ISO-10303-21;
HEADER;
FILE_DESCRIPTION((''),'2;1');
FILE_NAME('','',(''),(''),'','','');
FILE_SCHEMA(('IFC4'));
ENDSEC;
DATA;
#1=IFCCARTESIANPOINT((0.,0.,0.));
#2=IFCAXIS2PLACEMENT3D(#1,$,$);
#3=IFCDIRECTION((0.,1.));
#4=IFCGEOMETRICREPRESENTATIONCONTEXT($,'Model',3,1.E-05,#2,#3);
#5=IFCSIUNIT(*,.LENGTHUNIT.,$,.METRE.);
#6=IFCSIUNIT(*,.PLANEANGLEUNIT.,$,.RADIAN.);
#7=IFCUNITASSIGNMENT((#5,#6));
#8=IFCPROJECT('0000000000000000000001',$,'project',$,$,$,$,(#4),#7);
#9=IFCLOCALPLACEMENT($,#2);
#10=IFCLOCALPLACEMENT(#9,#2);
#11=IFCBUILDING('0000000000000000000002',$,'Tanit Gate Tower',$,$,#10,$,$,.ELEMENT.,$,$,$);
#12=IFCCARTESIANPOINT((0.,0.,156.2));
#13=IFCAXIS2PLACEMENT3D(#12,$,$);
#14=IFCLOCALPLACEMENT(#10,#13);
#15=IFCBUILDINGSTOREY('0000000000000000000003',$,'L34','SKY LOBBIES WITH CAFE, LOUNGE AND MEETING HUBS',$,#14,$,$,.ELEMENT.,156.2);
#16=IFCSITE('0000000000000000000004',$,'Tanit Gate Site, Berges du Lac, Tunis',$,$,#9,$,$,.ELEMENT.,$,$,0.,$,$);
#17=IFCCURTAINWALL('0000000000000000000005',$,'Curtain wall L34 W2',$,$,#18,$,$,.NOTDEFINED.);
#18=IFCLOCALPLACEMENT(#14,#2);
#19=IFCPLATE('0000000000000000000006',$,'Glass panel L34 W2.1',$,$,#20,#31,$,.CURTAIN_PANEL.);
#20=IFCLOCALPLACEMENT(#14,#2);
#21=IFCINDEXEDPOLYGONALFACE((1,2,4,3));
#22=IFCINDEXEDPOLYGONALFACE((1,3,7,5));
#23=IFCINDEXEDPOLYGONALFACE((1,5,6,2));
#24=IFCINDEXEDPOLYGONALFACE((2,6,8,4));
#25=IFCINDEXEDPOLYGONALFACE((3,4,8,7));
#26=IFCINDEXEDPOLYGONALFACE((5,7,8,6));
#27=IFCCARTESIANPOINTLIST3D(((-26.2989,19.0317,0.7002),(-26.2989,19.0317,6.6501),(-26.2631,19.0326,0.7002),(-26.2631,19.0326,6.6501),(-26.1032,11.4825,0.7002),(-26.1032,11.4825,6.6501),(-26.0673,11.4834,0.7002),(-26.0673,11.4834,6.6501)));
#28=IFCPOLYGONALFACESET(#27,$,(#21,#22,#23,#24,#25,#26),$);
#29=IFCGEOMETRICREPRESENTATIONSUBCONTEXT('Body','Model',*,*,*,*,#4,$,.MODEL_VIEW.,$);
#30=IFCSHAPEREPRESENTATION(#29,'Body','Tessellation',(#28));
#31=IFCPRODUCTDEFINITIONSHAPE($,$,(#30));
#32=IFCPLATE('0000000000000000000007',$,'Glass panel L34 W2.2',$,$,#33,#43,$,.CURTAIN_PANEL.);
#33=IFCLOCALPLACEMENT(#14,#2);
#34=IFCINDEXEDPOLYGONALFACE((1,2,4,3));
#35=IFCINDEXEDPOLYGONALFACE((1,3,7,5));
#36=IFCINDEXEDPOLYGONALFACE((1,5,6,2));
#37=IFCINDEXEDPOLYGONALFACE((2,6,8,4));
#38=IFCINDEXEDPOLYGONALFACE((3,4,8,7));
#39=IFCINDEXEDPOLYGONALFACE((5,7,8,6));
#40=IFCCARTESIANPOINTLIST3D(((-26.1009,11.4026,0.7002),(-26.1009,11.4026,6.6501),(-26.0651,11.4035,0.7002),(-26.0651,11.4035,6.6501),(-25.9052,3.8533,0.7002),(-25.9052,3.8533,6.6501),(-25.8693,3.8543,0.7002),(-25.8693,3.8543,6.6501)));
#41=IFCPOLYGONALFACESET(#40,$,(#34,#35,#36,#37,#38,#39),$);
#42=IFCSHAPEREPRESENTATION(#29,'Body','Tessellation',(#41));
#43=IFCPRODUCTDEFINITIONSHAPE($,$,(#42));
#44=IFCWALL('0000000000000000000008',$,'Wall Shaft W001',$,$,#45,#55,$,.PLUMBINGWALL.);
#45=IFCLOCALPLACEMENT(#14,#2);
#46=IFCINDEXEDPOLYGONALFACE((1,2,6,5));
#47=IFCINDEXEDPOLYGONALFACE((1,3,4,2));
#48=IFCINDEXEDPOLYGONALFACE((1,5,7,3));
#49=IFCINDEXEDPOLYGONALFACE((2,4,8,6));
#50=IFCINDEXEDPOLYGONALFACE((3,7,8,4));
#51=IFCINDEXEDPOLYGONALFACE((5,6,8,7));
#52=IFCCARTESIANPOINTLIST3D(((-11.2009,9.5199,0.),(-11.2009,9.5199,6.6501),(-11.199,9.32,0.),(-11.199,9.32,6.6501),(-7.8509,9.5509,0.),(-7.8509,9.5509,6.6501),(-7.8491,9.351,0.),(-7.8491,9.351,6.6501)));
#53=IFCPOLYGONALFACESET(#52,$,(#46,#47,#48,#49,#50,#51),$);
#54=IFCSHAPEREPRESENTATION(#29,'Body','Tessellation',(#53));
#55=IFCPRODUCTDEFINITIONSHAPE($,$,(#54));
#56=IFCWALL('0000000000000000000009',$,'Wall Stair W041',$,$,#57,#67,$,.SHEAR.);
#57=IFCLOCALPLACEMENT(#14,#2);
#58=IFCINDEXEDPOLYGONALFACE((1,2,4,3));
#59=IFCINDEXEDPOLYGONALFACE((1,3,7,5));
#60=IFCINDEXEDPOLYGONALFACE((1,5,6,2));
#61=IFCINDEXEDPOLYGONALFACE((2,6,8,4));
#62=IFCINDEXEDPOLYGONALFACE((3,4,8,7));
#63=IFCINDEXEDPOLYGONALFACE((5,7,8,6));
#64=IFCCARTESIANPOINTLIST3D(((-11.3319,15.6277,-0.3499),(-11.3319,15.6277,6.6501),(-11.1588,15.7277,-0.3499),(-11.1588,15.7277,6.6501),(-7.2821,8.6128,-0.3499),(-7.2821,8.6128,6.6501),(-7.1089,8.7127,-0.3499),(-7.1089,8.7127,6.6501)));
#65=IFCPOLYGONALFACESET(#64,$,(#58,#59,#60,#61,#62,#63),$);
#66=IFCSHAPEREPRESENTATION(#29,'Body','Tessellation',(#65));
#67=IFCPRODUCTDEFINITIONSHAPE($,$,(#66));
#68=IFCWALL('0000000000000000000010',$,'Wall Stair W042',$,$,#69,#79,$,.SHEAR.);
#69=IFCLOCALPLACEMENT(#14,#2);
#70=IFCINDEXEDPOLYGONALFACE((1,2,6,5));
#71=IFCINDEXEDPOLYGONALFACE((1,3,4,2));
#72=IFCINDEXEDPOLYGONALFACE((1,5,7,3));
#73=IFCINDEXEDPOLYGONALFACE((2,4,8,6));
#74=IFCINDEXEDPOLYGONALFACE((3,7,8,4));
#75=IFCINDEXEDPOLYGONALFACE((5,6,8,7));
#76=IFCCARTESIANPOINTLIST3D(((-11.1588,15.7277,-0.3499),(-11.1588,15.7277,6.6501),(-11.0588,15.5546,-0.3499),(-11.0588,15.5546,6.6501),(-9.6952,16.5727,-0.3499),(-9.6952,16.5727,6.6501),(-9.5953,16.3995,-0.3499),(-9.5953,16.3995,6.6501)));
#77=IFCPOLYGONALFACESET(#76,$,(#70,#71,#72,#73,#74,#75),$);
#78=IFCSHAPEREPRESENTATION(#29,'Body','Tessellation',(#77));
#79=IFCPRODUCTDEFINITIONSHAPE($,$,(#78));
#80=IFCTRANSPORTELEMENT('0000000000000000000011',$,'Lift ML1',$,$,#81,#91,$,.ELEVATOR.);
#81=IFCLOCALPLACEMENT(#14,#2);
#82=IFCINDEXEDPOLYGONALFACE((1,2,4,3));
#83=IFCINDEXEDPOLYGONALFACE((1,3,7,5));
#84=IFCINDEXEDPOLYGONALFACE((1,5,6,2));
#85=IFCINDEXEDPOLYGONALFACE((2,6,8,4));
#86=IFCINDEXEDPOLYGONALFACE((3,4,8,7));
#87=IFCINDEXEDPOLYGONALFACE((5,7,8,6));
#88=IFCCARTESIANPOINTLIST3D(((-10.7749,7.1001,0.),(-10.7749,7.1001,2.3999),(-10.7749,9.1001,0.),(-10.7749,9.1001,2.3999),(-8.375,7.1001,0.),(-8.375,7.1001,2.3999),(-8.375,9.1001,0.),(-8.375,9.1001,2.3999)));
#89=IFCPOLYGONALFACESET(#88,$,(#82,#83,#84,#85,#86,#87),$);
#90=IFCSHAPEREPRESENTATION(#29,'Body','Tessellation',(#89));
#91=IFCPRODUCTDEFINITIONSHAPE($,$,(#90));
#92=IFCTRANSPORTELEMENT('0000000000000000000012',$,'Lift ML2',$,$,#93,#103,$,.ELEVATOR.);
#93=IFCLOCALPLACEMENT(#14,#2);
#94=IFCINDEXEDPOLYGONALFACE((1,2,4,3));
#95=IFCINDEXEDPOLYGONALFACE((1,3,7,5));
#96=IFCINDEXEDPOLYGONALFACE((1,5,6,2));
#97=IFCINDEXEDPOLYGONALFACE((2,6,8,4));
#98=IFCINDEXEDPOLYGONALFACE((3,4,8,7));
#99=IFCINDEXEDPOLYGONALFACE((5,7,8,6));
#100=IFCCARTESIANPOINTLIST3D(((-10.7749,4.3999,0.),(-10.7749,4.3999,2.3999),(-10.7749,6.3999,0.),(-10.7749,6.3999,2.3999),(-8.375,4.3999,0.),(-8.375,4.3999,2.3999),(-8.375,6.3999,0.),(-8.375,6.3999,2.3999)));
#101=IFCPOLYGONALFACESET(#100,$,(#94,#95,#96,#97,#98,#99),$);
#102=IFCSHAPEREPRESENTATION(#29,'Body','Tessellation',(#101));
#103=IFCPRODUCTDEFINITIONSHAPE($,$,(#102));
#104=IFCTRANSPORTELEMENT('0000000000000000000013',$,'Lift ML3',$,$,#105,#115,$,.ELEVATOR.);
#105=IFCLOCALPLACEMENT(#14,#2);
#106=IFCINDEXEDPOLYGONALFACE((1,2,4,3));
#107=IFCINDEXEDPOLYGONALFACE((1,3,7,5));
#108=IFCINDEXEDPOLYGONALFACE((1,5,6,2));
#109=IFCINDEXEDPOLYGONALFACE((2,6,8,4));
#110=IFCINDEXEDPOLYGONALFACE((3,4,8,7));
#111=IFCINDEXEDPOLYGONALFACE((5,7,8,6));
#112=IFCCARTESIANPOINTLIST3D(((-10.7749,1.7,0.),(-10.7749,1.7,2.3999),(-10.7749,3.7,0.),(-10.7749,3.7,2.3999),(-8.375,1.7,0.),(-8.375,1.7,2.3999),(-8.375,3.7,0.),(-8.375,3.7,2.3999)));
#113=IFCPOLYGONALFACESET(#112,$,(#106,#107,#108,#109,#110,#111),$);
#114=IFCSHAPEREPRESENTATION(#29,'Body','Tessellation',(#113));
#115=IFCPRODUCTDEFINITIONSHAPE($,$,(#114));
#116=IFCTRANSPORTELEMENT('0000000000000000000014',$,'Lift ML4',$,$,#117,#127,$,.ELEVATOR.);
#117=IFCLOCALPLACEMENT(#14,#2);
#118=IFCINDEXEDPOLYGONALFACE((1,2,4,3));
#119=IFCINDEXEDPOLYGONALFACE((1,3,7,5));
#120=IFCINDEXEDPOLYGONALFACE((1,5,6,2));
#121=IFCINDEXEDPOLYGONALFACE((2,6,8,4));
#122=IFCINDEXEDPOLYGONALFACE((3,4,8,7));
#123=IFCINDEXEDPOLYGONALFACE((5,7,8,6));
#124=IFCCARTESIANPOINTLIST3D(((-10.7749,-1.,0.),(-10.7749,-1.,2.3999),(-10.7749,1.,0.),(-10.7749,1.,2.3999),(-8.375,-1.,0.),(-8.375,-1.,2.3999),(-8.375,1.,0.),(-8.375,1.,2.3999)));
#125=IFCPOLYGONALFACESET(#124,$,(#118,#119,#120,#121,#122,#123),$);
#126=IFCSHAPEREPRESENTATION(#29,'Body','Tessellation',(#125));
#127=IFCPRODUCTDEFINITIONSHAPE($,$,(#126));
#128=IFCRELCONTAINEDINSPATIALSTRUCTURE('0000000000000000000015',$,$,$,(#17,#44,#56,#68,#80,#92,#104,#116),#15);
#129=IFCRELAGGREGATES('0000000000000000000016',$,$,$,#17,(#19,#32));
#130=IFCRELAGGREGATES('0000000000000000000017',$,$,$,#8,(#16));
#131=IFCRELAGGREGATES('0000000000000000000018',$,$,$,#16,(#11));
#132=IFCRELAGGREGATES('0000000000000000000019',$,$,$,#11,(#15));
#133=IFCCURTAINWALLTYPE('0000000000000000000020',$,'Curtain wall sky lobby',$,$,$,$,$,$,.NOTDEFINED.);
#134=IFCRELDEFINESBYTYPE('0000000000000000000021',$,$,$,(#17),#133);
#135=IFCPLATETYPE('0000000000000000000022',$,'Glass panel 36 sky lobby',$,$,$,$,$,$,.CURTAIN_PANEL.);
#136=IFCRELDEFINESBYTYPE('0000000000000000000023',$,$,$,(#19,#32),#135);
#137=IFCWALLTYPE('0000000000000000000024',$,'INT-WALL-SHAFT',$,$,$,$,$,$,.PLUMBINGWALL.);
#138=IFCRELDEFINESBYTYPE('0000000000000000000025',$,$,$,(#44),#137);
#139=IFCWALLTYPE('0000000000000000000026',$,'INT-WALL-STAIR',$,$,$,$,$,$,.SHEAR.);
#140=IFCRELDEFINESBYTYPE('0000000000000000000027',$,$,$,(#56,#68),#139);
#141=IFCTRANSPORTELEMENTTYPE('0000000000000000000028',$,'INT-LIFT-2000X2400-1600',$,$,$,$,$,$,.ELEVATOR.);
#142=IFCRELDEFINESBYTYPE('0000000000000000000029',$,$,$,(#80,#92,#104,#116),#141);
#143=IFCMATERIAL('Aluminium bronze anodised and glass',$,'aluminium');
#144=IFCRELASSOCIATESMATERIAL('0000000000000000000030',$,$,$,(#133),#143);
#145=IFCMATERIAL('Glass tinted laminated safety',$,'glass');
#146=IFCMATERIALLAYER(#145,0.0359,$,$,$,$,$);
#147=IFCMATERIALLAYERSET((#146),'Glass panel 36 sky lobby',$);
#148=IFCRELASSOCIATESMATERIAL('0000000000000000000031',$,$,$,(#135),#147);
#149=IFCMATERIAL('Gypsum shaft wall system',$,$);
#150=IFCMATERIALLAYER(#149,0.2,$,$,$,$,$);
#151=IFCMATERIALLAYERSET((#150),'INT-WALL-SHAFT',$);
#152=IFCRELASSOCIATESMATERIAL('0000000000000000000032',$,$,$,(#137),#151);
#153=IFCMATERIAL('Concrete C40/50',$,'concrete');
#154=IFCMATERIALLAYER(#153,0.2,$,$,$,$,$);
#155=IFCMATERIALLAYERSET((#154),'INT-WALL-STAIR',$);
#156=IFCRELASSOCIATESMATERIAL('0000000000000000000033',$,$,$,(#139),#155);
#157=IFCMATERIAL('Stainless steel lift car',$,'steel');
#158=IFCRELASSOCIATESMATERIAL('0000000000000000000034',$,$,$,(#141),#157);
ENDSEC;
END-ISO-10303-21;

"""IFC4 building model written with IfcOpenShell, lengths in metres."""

from ifc_helpers import new_model, si_unit, direction, frame, frame_2d, origin, origin_2d, place, context, subcontext, project, spatial, rectangle, extrude, material, layer, layer_set, type_object, element, aggregate, save


model = new_model("IFC4")

# Units and contexts
model_context = context("Model", 3, precision=1e-05, world=origin(), true_north=direction((0.0, 1.0)))
body_context = subcontext(model_context, "Body", "Model", "MODEL_VIEW")
ifc_project = project(units=[si_unit("LENGTHUNIT", "METRE"), si_unit("PLANEANGLEUNIT", "RADIAN")], contexts=[model_context])

# Site, building, storey
site_placement = place(None, origin())
site = spatial("IfcSite", under=ifc_project, at=site_placement, Name="Tanit Gate Site, Berges du Lac, Tunis", CompositionType="ELEMENT", RefElevation=0.0)
building_placement = place(site_placement, origin())
building = spatial("IfcBuilding", under=site, at=building_placement, Name="Tanit Gate Tower", CompositionType="ELEMENT")
storey_placement = place(building_placement, frame((0.0, 0.0, 156.2)))
storey = spatial("IfcBuildingStorey", under=building, at=storey_placement, Name="L34", Description="SKY LOBBIES WITH CAFE, LOUNGE AND MEETING HUBS", CompositionType="ELEMENT", Elevation=156.2)

# Curtain wall
ifc_material_1 = material(Name="Aluminium bronze anodised and glass", Category="aluminium")
curtain_wall_type = type_object("IfcCurtainWallType", Name="Curtain wall sky lobby", PredefinedType="NOTDEFINED", material=ifc_material_1)
curtain_wall_placement = place(storey_placement, origin())
curtain_wall = element("IfcCurtainWall", 1, at=curtain_wall_placement, inside=storey, type_object=curtain_wall_type, Name="Curtain wall L34 W2", PredefinedType="NOTDEFINED")

# Plates
ifc_material_2 = material(Name="Glass tinted laminated safety", Category="glass")
ifc_layer_1 = layer(ifc_material_2, 0.0359)
ifc_layer_set_1 = layer_set([ifc_layer_1], Name="Glass panel 36 sky lobby")
plate_type = type_object("IfcPlateType", Name="Glass panel 36 sky lobby", PredefinedType="CURTAIN_PANEL", material=ifc_layer_set_1)
plate_1_placement = place(storey_placement, frame((-26.1831, 15.2576, 0.7002), z_axis=(0.0, 0.0, 1.0), x_axis=(0.025924, -0.999664, 0.0)))
plate_1 = element("IfcPlate", 2, at=plate_1_placement, type_object=plate_type, Name="Glass panel L34 W2.1", PredefinedType="CURTAIN_PANEL", context=body_context, shape_type="SweptSolid", body=[
    extrude(rectangle(XDim=7.5518, YDim=0.0359, at=origin_2d()), origin(), (0.0, 0.0, 1.0), 5.95),
])
plate_2_placement = place(storey_placement, frame((-25.9851, 7.6284, 0.7002), z_axis=(0.0, 0.0, 1.0), x_axis=(0.025924, -0.999664, 0.0)))
plate_2 = element("IfcPlate", 3, at=plate_2_placement, type_object=plate_type, Name="Glass panel L34 W2.2", PredefinedType="CURTAIN_PANEL", context=body_context, shape_type="SweptSolid", body=[
    extrude(rectangle(XDim=7.5518, YDim=0.0359, at=origin_2d()), origin(), (0.0, 0.0, 1.0), 5.95),
])
aggregate(curtain_wall, [plate_1, plate_2])

# Walls
ifc_material_3 = material(Name="Gypsum shaft wall system")
ifc_layer_2 = layer(ifc_material_3, 0.2)
ifc_layer_set_2 = layer_set([ifc_layer_2], Name="INT-WALL-SHAFT")
wall_type_1 = type_object("IfcWallType", Name="INT-WALL-SHAFT", PredefinedType="PLUMBINGWALL", material=ifc_layer_set_2)
wall_1_placement = place(storey_placement, frame((-11.2, 9.4199, 0.0), z_axis=(0.0, 0.0, 1.0), x_axis=(0.999957, 0.009255, 0.0)))
element("IfcWall", 4, at=wall_1_placement, inside=storey, type_object=wall_type_1, Name="Wall Shaft W001", PredefinedType="PLUMBINGWALL", context=body_context, shape_type="SweptSolid", body=[
    extrude(rectangle(XDim=3.3501, YDim=0.2, at=frame_2d((1.675, 0.0))), origin(), (0.0, 0.0, 1.0), 6.6501),
])
ifc_material_4 = material(Name="Concrete C40/50", Category="concrete")
ifc_layer_3 = layer(ifc_material_4, 0.2)
ifc_layer_set_3 = layer_set([ifc_layer_3], Name="INT-WALL-STAIR")
wall_type_2 = type_object("IfcWallType", Name="INT-WALL-STAIR", PredefinedType="SHEAR", material=ifc_layer_set_3)
wall_2_placement = place(storey_placement, frame((-11.2454, 15.6777, -0.3499), z_axis=(0.0, 0.0, 1.0), x_axis=(0.499977, -0.866039, 0.0)))
element("IfcWall", 5, at=wall_2_placement, inside=storey, type_object=wall_type_2, Name="Wall Stair W041", PredefinedType="SHEAR", context=body_context, shape_type="SweptSolid", body=[
    extrude(rectangle(XDim=8.1001, YDim=0.2, at=frame_2d((4.05, 0.0))), origin(), (0.0, 0.0, 1.0), 7.0),
])
wall_3_placement = place(storey_placement, frame((-9.6453, 16.4861, -0.3499), z_axis=(0.0, 0.0, 1.0), x_axis=(-0.866039, -0.499977, 0.0)))
element("IfcWall", 6, at=wall_3_placement, inside=storey, type_object=wall_type_2, Name="Wall Stair W042", PredefinedType="SHEAR", context=body_context, shape_type="SweptSolid", body=[
    extrude(rectangle(XDim=1.6899, YDim=0.2, at=frame_2d((0.845, 0.0))), origin(), (0.0, 0.0, 1.0), 7.0),
])

# Transport elements
ifc_material_5 = material(Name="Stainless steel lift car", Category="steel")
transport_element_type = type_object("IfcTransportElementType", Name="INT-LIFT-2000X2400-1600", PredefinedType="ELEVATOR", material=ifc_material_5)
for number, where, z_axis, x_axis, name in (
    (7, (-9.575, 8.1001, 0.0), (0.0, 0.0, 1.0), (0.0, -1.0, 0.0), "Lift ML1"),
    (8, (-9.575, 5.3999, 0.0), (0.0, 0.0, 1.0), (0.0, -1.0, 0.0), "Lift ML2"),
    (9, (-9.575, 2.7, 0.0), (0.0, 0.0, 1.0), (0.0, -1.0, 0.0), "Lift ML3"),
    (10, (-9.575, 0.0, 0.0), (0.0, 0.0, 1.0), (0.0, -1.0, 0.0), "Lift ML4"),
):
    element("IfcTransportElement", number, at=place(storey_placement, frame(where, z_axis=z_axis, x_axis=x_axis)), inside=storey, type_object=transport_element_type, Name=name, PredefinedType="ELEVATOR", context=body_context, shape_type="SweptSolid", body=[
        extrude(rectangle(XDim=2.0, YDim=2.3999, at=origin_2d()), origin(), (0.0, 0.0, 1.0), 2.3999),
    ])

save(model, "model.ifc")
